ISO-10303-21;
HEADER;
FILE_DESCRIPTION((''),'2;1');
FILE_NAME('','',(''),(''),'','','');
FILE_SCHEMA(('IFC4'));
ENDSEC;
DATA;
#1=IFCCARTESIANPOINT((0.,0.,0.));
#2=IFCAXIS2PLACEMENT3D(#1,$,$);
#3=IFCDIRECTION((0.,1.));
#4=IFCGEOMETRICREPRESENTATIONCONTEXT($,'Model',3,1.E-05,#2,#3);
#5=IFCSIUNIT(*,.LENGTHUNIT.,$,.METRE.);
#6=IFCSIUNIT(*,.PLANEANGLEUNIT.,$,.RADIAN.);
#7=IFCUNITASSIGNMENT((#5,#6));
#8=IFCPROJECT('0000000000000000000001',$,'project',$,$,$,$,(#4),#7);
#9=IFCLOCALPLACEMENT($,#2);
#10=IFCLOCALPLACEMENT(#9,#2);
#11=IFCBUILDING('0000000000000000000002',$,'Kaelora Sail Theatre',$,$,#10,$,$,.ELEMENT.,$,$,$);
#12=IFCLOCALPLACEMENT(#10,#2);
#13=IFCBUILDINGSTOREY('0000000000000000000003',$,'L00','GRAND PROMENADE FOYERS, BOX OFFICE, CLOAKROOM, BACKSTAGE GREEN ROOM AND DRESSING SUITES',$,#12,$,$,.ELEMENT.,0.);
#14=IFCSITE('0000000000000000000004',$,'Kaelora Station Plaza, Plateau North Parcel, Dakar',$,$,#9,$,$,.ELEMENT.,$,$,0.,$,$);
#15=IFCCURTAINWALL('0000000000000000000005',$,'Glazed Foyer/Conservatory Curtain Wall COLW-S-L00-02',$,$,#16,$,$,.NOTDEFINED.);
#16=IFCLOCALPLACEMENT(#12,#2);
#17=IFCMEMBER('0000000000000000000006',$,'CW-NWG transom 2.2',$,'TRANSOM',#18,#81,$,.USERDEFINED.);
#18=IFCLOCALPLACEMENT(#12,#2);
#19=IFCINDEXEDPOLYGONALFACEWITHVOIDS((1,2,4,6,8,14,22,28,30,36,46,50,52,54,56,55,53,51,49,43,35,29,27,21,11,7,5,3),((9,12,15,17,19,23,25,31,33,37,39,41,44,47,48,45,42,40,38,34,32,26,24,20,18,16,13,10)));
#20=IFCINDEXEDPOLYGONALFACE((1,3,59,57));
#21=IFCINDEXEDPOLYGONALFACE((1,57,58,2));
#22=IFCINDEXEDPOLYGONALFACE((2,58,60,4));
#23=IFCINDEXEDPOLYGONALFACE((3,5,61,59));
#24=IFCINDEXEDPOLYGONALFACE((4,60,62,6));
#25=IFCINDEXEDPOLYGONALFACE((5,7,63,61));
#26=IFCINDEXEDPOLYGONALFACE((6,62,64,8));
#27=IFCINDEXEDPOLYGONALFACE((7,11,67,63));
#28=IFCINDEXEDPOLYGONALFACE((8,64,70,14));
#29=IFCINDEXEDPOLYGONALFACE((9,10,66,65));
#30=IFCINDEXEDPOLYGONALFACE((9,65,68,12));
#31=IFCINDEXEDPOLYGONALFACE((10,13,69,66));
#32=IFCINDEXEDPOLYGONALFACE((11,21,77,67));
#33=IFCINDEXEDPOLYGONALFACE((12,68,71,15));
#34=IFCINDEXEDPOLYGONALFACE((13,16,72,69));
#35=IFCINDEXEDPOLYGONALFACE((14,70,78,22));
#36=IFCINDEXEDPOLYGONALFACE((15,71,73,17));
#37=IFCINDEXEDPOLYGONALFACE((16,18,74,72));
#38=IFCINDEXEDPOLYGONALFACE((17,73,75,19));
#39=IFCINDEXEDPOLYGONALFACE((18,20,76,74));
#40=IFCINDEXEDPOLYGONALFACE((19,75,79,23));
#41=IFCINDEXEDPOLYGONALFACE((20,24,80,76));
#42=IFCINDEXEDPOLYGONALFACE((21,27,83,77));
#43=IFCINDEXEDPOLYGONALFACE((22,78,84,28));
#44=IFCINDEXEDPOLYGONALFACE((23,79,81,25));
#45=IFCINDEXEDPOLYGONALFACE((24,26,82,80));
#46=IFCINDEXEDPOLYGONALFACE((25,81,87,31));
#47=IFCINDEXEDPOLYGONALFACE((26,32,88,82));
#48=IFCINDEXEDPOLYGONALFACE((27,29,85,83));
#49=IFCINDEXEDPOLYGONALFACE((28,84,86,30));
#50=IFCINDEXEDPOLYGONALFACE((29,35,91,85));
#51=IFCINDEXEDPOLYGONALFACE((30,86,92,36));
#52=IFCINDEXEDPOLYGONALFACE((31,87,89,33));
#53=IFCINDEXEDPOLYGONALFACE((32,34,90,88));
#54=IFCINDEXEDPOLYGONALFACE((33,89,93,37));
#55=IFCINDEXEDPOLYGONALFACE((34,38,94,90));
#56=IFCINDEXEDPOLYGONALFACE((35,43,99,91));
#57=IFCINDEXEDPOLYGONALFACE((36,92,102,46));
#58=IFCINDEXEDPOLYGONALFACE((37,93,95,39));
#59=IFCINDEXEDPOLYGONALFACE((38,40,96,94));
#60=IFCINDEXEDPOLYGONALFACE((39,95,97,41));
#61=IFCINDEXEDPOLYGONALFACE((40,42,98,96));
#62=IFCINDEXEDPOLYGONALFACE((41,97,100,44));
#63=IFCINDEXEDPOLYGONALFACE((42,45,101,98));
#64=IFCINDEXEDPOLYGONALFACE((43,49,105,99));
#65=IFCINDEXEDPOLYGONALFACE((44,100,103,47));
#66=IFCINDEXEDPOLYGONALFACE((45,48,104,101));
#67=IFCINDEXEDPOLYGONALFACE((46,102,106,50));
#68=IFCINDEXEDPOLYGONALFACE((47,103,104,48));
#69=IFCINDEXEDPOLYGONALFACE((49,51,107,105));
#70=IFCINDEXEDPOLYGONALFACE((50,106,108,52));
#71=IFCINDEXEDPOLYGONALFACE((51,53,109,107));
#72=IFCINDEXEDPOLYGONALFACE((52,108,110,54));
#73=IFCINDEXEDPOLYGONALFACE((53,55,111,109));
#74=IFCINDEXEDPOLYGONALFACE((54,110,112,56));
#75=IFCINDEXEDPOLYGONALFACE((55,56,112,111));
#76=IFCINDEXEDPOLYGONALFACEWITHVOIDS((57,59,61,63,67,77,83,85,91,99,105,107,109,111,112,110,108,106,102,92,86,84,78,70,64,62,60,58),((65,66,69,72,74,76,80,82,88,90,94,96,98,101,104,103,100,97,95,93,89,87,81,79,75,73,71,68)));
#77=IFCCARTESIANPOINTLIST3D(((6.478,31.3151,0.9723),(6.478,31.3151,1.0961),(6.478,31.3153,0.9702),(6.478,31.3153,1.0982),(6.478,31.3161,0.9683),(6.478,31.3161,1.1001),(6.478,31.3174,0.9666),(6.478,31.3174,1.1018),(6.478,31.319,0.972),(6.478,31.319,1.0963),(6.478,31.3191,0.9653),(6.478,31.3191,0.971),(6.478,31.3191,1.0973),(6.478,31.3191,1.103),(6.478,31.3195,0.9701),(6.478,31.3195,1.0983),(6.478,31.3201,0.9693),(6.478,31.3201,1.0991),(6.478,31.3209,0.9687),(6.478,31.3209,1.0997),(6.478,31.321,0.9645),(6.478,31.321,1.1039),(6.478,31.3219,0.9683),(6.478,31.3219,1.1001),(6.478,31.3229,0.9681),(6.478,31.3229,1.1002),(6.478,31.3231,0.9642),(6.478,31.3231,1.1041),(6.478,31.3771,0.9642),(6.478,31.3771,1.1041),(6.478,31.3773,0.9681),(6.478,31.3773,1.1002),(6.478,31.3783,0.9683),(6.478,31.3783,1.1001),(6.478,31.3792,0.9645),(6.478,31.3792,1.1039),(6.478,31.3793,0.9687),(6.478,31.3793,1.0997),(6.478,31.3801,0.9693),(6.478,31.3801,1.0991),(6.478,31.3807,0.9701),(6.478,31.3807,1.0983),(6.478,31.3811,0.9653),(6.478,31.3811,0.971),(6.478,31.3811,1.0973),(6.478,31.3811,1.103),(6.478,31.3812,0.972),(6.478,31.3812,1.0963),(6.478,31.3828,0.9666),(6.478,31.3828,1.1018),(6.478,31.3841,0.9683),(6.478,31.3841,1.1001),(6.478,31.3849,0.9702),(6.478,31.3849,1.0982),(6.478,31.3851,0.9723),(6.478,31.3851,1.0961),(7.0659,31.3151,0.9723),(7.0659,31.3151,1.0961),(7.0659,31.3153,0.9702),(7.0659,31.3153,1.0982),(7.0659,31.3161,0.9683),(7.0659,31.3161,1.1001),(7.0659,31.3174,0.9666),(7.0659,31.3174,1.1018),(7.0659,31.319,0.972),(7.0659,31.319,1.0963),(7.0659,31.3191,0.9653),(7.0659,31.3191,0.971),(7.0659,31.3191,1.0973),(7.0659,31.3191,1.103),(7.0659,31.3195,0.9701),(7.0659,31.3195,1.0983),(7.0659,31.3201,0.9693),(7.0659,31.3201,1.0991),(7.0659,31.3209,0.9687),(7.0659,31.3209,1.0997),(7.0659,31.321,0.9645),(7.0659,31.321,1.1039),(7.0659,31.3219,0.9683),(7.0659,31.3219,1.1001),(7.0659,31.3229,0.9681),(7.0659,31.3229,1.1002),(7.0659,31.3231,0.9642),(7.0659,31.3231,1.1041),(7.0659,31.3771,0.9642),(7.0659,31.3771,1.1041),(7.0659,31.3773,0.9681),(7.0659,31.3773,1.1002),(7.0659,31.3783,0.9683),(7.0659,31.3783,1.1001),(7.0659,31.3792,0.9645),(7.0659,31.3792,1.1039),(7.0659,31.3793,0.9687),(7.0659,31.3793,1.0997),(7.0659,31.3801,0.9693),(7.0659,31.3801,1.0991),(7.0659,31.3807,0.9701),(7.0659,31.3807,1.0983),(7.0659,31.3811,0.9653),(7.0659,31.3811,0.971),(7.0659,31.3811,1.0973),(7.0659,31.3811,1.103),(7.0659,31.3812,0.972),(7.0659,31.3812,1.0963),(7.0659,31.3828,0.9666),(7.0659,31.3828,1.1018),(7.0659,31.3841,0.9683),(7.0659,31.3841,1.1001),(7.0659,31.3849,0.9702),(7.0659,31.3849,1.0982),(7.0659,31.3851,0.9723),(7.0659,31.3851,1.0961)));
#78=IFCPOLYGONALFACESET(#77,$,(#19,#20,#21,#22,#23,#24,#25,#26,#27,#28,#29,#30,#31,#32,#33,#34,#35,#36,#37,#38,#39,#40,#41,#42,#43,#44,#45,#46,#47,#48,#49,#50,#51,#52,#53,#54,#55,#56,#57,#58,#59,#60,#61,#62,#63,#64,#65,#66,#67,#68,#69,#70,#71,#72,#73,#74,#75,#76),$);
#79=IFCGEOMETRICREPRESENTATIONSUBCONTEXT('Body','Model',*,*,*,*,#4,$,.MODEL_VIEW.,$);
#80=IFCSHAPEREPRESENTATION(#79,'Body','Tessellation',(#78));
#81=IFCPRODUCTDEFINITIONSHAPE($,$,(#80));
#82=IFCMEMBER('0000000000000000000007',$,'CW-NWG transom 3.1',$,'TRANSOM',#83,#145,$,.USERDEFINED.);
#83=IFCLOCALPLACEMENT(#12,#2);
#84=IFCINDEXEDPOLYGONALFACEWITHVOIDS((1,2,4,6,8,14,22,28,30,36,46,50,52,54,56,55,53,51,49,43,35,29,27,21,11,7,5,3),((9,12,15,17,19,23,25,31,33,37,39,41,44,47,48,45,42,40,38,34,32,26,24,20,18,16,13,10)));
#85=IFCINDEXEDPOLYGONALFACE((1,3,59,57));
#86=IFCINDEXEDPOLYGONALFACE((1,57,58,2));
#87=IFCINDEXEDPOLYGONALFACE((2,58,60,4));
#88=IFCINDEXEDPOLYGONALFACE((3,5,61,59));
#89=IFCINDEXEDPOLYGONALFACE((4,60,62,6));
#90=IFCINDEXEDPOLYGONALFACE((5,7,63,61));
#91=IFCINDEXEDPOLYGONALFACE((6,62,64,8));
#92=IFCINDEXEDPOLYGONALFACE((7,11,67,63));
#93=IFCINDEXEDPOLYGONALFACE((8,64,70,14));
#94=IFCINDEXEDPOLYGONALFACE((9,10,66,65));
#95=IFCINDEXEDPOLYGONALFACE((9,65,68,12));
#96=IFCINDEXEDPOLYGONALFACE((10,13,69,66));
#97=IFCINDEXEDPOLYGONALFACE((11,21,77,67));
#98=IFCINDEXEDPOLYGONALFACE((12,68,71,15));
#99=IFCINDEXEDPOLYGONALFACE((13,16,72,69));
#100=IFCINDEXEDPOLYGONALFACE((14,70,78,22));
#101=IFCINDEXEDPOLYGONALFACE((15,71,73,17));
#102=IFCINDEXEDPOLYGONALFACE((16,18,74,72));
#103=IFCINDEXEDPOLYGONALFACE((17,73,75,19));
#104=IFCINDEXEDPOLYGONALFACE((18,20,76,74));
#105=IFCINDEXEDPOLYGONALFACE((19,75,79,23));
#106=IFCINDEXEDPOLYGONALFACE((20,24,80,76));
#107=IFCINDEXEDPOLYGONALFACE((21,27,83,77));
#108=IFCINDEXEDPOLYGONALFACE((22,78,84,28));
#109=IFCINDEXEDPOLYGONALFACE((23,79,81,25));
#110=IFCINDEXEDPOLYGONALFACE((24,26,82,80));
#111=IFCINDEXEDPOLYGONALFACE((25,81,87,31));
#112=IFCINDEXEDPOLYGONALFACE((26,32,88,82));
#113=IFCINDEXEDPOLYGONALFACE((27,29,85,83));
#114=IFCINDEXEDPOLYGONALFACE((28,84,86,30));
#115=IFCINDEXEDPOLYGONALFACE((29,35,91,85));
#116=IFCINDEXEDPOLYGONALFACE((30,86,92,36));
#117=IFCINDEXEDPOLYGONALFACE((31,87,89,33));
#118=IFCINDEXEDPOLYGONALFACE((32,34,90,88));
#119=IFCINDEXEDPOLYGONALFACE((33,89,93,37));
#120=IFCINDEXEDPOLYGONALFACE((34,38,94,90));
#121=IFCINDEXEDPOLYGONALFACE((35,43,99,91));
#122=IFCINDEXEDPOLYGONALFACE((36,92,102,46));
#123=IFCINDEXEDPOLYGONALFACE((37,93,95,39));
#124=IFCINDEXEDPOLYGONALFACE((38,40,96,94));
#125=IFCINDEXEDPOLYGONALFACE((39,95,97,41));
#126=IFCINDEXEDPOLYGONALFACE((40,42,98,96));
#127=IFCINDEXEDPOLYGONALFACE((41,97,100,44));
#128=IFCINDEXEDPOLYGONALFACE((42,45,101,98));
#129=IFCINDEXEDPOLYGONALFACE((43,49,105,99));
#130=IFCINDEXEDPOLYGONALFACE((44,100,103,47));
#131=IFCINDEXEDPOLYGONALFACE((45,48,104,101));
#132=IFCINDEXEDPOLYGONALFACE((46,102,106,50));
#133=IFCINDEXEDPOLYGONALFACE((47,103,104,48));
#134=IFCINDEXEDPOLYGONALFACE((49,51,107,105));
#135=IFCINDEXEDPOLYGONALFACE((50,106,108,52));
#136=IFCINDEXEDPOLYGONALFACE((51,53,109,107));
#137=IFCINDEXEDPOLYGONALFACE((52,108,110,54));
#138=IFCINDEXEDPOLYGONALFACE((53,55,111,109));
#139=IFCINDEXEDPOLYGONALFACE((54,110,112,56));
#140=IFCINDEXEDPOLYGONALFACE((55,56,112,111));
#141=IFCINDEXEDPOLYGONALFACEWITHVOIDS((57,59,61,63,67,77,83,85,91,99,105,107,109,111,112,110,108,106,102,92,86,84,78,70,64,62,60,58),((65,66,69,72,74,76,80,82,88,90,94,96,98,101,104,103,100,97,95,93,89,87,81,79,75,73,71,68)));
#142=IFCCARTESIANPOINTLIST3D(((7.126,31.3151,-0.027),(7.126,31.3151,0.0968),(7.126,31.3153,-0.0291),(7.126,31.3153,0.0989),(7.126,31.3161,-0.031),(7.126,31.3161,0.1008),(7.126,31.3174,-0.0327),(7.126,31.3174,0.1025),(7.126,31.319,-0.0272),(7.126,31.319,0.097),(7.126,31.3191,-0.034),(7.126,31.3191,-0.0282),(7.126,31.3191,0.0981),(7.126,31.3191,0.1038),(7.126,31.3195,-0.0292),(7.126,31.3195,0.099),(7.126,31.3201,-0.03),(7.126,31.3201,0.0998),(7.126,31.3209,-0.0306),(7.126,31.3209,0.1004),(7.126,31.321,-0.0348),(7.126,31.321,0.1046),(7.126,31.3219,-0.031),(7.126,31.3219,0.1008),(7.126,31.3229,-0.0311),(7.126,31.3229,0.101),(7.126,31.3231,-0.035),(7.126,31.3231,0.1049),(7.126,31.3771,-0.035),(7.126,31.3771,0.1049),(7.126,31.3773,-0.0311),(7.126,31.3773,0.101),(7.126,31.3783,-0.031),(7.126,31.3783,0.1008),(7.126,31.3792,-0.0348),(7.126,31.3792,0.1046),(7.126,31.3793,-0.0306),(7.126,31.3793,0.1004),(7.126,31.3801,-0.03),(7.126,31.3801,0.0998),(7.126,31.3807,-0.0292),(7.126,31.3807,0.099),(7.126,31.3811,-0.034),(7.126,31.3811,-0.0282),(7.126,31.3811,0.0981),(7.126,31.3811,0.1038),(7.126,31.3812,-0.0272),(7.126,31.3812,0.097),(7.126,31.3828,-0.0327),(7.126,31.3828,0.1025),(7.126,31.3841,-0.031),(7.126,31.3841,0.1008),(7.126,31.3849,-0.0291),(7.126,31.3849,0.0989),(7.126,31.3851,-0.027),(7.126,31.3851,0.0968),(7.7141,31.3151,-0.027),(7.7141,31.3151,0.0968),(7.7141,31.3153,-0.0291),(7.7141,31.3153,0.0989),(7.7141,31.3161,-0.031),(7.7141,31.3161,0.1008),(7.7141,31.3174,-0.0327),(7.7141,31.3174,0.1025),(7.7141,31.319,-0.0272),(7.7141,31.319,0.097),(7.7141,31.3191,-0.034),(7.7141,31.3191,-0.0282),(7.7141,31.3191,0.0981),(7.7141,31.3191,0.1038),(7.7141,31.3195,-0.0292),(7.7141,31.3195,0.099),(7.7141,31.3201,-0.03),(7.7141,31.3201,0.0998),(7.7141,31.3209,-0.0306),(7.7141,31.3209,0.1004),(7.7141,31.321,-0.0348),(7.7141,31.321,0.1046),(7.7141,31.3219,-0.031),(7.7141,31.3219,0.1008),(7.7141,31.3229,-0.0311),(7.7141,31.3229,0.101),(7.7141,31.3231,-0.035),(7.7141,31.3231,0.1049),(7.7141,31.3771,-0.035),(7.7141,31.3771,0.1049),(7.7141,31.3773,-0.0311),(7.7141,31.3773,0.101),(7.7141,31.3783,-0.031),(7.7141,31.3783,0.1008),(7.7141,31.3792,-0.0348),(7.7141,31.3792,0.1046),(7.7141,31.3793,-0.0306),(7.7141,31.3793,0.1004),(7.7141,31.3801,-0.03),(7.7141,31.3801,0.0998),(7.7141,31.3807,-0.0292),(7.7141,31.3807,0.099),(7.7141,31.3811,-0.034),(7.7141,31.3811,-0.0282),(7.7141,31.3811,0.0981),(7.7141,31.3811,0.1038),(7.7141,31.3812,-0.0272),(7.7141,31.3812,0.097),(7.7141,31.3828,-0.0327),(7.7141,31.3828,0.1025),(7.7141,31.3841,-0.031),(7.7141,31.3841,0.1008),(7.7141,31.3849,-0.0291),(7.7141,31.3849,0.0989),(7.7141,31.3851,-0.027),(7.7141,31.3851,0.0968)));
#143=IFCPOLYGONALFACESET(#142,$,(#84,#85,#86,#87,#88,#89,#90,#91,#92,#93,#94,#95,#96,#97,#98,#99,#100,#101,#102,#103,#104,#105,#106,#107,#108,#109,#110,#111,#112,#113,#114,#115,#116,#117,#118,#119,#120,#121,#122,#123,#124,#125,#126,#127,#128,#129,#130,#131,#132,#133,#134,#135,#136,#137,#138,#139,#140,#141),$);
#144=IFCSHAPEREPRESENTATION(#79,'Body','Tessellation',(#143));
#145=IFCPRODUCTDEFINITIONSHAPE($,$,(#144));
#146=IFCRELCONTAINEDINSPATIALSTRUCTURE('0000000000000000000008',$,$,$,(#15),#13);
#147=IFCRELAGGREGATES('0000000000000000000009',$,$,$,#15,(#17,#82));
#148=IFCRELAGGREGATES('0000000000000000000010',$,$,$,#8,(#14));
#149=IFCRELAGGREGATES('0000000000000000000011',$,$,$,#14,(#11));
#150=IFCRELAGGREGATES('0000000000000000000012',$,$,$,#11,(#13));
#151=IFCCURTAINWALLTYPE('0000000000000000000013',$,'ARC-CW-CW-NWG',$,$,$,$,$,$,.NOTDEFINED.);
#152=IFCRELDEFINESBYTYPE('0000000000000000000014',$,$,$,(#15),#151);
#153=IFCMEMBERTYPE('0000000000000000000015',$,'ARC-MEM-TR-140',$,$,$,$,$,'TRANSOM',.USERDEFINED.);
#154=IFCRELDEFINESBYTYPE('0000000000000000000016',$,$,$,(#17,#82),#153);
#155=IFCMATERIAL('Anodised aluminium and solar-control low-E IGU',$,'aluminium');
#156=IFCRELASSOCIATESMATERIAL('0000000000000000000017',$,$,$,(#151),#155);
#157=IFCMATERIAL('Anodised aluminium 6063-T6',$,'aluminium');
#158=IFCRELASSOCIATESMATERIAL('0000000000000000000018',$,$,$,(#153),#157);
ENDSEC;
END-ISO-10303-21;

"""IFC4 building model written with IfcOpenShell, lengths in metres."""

from ifc_helpers import new_model, si_unit, direction, frame, origin, origin_2d, place, context, subcontext, project, spatial, hollow_rectangle, extrude, material, material_profile, profile_set, type_object, element, aggregate, save


model = new_model("IFC4")

# Units and contexts
model_context = context("Model", 3, precision=1e-05, world=origin(), true_north=direction((0.0, 1.0)))
body_context = subcontext(model_context, "Body", "Model", "MODEL_VIEW")
ifc_project = project(units=[si_unit("LENGTHUNIT", "METRE"), si_unit("PLANEANGLEUNIT", "RADIAN")], contexts=[model_context])

# Site, building, storey
site_placement = place(None, origin())
site = spatial("IfcSite", under=ifc_project, at=site_placement, Name="Kaelora Station Plaza, Plateau North Parcel, Dakar", CompositionType="ELEMENT", RefElevation=0.0)
building_placement = place(site_placement, origin())
building = spatial("IfcBuilding", under=site, at=building_placement, Name="Kaelora Sail Theatre", CompositionType="ELEMENT")
storey_placement = place(building_placement, origin())
storey = spatial("IfcBuildingStorey", under=building, at=storey_placement, Name="L00", Description="GRAND PROMENADE FOYERS, BOX OFFICE, CLOAKROOM, BACKSTAGE GREEN ROOM AND DRESSING SUITES", CompositionType="ELEMENT", Elevation=0.0)

# Shared definitions
ifc_material_1 = material(Name="Anodised aluminium and solar-control low-E IGU", Category="aluminium")
curtain_wall_type = type_object("IfcCurtainWallType", Name="ARC-CW-CW-NWG", PredefinedType="NOTDEFINED", material=ifc_material_1)

# Curtain wall, members
curtain_wall_1_placement = place(storey_placement, origin())
curtain_wall_1 = element("IfcCurtainWall", 1, at=curtain_wall_1_placement, inside=storey, type_object=curtain_wall_type, Name="Glazed Foyer/Conservatory Curtain Wall COLW-S-L00-02", PredefinedType="NOTDEFINED")
ifc_material_2 = material(Name="Anodised aluminium 6063-T6", Category="aluminium")
ifc_material_profile_1 = material_profile(ifc_material_2, hollow_rectangle(XDim=0.0701, YDim=0.1399, WallThickness=0.0039, InnerFilletRadius=0.0039, OuterFilletRadius=0.0081, at=origin_2d()), Name="ALU-TRAN 70x140x4")
ifc_profile_set_1 = profile_set([ifc_material_profile_1], Name="Anodised aluminium 6063-T6")
member_type_1 = type_object("IfcMemberType", Name="ARC-MEM-TR-140", ElementType="TRANSOM", PredefinedType="USERDEFINED", material=ifc_profile_set_1)
member_1_placement = place(storey_placement, frame((6.478, 31.3501, 1.0342), z_axis=(1.0, 0.0, 0.0), x_axis=(0.0, 1.0, 0.0)))
member_1 = element("IfcMember", 2, at=member_1_placement, type_object=member_type_1, Name="CW-NWG transom 2.2", ObjectType="TRANSOM", PredefinedType="USERDEFINED", context=body_context, shape_type="SweptSolid", body=[
    extrude(hollow_rectangle(XDim=0.0701, YDim=0.1399, WallThickness=0.0039, InnerFilletRadius=0.0039, OuterFilletRadius=0.0081, at=origin_2d()), origin(), (0.0, 0.0, 1.0), 0.5879),
])
member_2_placement = place(storey_placement, frame((7.126, 31.3501, 0.0349), z_axis=(1.0, 0.0, 0.0), x_axis=(0.0, 1.0, 0.0)))
member_2 = element("IfcMember", 3, at=member_2_placement, type_object=member_type_1, Name="CW-NWG transom 3.1", ObjectType="TRANSOM", PredefinedType="USERDEFINED", context=body_context, shape_type="SweptSolid", body=[
    extrude(hollow_rectangle(XDim=0.0701, YDim=0.1399, WallThickness=0.0039, InnerFilletRadius=0.0039, OuterFilletRadius=0.0081, at=origin_2d()), origin(), (0.0, 0.0, 1.0), 0.5881),
])

aggregate(curtain_wall_1, [member_1, member_2])

save(model, "model.ifc")
